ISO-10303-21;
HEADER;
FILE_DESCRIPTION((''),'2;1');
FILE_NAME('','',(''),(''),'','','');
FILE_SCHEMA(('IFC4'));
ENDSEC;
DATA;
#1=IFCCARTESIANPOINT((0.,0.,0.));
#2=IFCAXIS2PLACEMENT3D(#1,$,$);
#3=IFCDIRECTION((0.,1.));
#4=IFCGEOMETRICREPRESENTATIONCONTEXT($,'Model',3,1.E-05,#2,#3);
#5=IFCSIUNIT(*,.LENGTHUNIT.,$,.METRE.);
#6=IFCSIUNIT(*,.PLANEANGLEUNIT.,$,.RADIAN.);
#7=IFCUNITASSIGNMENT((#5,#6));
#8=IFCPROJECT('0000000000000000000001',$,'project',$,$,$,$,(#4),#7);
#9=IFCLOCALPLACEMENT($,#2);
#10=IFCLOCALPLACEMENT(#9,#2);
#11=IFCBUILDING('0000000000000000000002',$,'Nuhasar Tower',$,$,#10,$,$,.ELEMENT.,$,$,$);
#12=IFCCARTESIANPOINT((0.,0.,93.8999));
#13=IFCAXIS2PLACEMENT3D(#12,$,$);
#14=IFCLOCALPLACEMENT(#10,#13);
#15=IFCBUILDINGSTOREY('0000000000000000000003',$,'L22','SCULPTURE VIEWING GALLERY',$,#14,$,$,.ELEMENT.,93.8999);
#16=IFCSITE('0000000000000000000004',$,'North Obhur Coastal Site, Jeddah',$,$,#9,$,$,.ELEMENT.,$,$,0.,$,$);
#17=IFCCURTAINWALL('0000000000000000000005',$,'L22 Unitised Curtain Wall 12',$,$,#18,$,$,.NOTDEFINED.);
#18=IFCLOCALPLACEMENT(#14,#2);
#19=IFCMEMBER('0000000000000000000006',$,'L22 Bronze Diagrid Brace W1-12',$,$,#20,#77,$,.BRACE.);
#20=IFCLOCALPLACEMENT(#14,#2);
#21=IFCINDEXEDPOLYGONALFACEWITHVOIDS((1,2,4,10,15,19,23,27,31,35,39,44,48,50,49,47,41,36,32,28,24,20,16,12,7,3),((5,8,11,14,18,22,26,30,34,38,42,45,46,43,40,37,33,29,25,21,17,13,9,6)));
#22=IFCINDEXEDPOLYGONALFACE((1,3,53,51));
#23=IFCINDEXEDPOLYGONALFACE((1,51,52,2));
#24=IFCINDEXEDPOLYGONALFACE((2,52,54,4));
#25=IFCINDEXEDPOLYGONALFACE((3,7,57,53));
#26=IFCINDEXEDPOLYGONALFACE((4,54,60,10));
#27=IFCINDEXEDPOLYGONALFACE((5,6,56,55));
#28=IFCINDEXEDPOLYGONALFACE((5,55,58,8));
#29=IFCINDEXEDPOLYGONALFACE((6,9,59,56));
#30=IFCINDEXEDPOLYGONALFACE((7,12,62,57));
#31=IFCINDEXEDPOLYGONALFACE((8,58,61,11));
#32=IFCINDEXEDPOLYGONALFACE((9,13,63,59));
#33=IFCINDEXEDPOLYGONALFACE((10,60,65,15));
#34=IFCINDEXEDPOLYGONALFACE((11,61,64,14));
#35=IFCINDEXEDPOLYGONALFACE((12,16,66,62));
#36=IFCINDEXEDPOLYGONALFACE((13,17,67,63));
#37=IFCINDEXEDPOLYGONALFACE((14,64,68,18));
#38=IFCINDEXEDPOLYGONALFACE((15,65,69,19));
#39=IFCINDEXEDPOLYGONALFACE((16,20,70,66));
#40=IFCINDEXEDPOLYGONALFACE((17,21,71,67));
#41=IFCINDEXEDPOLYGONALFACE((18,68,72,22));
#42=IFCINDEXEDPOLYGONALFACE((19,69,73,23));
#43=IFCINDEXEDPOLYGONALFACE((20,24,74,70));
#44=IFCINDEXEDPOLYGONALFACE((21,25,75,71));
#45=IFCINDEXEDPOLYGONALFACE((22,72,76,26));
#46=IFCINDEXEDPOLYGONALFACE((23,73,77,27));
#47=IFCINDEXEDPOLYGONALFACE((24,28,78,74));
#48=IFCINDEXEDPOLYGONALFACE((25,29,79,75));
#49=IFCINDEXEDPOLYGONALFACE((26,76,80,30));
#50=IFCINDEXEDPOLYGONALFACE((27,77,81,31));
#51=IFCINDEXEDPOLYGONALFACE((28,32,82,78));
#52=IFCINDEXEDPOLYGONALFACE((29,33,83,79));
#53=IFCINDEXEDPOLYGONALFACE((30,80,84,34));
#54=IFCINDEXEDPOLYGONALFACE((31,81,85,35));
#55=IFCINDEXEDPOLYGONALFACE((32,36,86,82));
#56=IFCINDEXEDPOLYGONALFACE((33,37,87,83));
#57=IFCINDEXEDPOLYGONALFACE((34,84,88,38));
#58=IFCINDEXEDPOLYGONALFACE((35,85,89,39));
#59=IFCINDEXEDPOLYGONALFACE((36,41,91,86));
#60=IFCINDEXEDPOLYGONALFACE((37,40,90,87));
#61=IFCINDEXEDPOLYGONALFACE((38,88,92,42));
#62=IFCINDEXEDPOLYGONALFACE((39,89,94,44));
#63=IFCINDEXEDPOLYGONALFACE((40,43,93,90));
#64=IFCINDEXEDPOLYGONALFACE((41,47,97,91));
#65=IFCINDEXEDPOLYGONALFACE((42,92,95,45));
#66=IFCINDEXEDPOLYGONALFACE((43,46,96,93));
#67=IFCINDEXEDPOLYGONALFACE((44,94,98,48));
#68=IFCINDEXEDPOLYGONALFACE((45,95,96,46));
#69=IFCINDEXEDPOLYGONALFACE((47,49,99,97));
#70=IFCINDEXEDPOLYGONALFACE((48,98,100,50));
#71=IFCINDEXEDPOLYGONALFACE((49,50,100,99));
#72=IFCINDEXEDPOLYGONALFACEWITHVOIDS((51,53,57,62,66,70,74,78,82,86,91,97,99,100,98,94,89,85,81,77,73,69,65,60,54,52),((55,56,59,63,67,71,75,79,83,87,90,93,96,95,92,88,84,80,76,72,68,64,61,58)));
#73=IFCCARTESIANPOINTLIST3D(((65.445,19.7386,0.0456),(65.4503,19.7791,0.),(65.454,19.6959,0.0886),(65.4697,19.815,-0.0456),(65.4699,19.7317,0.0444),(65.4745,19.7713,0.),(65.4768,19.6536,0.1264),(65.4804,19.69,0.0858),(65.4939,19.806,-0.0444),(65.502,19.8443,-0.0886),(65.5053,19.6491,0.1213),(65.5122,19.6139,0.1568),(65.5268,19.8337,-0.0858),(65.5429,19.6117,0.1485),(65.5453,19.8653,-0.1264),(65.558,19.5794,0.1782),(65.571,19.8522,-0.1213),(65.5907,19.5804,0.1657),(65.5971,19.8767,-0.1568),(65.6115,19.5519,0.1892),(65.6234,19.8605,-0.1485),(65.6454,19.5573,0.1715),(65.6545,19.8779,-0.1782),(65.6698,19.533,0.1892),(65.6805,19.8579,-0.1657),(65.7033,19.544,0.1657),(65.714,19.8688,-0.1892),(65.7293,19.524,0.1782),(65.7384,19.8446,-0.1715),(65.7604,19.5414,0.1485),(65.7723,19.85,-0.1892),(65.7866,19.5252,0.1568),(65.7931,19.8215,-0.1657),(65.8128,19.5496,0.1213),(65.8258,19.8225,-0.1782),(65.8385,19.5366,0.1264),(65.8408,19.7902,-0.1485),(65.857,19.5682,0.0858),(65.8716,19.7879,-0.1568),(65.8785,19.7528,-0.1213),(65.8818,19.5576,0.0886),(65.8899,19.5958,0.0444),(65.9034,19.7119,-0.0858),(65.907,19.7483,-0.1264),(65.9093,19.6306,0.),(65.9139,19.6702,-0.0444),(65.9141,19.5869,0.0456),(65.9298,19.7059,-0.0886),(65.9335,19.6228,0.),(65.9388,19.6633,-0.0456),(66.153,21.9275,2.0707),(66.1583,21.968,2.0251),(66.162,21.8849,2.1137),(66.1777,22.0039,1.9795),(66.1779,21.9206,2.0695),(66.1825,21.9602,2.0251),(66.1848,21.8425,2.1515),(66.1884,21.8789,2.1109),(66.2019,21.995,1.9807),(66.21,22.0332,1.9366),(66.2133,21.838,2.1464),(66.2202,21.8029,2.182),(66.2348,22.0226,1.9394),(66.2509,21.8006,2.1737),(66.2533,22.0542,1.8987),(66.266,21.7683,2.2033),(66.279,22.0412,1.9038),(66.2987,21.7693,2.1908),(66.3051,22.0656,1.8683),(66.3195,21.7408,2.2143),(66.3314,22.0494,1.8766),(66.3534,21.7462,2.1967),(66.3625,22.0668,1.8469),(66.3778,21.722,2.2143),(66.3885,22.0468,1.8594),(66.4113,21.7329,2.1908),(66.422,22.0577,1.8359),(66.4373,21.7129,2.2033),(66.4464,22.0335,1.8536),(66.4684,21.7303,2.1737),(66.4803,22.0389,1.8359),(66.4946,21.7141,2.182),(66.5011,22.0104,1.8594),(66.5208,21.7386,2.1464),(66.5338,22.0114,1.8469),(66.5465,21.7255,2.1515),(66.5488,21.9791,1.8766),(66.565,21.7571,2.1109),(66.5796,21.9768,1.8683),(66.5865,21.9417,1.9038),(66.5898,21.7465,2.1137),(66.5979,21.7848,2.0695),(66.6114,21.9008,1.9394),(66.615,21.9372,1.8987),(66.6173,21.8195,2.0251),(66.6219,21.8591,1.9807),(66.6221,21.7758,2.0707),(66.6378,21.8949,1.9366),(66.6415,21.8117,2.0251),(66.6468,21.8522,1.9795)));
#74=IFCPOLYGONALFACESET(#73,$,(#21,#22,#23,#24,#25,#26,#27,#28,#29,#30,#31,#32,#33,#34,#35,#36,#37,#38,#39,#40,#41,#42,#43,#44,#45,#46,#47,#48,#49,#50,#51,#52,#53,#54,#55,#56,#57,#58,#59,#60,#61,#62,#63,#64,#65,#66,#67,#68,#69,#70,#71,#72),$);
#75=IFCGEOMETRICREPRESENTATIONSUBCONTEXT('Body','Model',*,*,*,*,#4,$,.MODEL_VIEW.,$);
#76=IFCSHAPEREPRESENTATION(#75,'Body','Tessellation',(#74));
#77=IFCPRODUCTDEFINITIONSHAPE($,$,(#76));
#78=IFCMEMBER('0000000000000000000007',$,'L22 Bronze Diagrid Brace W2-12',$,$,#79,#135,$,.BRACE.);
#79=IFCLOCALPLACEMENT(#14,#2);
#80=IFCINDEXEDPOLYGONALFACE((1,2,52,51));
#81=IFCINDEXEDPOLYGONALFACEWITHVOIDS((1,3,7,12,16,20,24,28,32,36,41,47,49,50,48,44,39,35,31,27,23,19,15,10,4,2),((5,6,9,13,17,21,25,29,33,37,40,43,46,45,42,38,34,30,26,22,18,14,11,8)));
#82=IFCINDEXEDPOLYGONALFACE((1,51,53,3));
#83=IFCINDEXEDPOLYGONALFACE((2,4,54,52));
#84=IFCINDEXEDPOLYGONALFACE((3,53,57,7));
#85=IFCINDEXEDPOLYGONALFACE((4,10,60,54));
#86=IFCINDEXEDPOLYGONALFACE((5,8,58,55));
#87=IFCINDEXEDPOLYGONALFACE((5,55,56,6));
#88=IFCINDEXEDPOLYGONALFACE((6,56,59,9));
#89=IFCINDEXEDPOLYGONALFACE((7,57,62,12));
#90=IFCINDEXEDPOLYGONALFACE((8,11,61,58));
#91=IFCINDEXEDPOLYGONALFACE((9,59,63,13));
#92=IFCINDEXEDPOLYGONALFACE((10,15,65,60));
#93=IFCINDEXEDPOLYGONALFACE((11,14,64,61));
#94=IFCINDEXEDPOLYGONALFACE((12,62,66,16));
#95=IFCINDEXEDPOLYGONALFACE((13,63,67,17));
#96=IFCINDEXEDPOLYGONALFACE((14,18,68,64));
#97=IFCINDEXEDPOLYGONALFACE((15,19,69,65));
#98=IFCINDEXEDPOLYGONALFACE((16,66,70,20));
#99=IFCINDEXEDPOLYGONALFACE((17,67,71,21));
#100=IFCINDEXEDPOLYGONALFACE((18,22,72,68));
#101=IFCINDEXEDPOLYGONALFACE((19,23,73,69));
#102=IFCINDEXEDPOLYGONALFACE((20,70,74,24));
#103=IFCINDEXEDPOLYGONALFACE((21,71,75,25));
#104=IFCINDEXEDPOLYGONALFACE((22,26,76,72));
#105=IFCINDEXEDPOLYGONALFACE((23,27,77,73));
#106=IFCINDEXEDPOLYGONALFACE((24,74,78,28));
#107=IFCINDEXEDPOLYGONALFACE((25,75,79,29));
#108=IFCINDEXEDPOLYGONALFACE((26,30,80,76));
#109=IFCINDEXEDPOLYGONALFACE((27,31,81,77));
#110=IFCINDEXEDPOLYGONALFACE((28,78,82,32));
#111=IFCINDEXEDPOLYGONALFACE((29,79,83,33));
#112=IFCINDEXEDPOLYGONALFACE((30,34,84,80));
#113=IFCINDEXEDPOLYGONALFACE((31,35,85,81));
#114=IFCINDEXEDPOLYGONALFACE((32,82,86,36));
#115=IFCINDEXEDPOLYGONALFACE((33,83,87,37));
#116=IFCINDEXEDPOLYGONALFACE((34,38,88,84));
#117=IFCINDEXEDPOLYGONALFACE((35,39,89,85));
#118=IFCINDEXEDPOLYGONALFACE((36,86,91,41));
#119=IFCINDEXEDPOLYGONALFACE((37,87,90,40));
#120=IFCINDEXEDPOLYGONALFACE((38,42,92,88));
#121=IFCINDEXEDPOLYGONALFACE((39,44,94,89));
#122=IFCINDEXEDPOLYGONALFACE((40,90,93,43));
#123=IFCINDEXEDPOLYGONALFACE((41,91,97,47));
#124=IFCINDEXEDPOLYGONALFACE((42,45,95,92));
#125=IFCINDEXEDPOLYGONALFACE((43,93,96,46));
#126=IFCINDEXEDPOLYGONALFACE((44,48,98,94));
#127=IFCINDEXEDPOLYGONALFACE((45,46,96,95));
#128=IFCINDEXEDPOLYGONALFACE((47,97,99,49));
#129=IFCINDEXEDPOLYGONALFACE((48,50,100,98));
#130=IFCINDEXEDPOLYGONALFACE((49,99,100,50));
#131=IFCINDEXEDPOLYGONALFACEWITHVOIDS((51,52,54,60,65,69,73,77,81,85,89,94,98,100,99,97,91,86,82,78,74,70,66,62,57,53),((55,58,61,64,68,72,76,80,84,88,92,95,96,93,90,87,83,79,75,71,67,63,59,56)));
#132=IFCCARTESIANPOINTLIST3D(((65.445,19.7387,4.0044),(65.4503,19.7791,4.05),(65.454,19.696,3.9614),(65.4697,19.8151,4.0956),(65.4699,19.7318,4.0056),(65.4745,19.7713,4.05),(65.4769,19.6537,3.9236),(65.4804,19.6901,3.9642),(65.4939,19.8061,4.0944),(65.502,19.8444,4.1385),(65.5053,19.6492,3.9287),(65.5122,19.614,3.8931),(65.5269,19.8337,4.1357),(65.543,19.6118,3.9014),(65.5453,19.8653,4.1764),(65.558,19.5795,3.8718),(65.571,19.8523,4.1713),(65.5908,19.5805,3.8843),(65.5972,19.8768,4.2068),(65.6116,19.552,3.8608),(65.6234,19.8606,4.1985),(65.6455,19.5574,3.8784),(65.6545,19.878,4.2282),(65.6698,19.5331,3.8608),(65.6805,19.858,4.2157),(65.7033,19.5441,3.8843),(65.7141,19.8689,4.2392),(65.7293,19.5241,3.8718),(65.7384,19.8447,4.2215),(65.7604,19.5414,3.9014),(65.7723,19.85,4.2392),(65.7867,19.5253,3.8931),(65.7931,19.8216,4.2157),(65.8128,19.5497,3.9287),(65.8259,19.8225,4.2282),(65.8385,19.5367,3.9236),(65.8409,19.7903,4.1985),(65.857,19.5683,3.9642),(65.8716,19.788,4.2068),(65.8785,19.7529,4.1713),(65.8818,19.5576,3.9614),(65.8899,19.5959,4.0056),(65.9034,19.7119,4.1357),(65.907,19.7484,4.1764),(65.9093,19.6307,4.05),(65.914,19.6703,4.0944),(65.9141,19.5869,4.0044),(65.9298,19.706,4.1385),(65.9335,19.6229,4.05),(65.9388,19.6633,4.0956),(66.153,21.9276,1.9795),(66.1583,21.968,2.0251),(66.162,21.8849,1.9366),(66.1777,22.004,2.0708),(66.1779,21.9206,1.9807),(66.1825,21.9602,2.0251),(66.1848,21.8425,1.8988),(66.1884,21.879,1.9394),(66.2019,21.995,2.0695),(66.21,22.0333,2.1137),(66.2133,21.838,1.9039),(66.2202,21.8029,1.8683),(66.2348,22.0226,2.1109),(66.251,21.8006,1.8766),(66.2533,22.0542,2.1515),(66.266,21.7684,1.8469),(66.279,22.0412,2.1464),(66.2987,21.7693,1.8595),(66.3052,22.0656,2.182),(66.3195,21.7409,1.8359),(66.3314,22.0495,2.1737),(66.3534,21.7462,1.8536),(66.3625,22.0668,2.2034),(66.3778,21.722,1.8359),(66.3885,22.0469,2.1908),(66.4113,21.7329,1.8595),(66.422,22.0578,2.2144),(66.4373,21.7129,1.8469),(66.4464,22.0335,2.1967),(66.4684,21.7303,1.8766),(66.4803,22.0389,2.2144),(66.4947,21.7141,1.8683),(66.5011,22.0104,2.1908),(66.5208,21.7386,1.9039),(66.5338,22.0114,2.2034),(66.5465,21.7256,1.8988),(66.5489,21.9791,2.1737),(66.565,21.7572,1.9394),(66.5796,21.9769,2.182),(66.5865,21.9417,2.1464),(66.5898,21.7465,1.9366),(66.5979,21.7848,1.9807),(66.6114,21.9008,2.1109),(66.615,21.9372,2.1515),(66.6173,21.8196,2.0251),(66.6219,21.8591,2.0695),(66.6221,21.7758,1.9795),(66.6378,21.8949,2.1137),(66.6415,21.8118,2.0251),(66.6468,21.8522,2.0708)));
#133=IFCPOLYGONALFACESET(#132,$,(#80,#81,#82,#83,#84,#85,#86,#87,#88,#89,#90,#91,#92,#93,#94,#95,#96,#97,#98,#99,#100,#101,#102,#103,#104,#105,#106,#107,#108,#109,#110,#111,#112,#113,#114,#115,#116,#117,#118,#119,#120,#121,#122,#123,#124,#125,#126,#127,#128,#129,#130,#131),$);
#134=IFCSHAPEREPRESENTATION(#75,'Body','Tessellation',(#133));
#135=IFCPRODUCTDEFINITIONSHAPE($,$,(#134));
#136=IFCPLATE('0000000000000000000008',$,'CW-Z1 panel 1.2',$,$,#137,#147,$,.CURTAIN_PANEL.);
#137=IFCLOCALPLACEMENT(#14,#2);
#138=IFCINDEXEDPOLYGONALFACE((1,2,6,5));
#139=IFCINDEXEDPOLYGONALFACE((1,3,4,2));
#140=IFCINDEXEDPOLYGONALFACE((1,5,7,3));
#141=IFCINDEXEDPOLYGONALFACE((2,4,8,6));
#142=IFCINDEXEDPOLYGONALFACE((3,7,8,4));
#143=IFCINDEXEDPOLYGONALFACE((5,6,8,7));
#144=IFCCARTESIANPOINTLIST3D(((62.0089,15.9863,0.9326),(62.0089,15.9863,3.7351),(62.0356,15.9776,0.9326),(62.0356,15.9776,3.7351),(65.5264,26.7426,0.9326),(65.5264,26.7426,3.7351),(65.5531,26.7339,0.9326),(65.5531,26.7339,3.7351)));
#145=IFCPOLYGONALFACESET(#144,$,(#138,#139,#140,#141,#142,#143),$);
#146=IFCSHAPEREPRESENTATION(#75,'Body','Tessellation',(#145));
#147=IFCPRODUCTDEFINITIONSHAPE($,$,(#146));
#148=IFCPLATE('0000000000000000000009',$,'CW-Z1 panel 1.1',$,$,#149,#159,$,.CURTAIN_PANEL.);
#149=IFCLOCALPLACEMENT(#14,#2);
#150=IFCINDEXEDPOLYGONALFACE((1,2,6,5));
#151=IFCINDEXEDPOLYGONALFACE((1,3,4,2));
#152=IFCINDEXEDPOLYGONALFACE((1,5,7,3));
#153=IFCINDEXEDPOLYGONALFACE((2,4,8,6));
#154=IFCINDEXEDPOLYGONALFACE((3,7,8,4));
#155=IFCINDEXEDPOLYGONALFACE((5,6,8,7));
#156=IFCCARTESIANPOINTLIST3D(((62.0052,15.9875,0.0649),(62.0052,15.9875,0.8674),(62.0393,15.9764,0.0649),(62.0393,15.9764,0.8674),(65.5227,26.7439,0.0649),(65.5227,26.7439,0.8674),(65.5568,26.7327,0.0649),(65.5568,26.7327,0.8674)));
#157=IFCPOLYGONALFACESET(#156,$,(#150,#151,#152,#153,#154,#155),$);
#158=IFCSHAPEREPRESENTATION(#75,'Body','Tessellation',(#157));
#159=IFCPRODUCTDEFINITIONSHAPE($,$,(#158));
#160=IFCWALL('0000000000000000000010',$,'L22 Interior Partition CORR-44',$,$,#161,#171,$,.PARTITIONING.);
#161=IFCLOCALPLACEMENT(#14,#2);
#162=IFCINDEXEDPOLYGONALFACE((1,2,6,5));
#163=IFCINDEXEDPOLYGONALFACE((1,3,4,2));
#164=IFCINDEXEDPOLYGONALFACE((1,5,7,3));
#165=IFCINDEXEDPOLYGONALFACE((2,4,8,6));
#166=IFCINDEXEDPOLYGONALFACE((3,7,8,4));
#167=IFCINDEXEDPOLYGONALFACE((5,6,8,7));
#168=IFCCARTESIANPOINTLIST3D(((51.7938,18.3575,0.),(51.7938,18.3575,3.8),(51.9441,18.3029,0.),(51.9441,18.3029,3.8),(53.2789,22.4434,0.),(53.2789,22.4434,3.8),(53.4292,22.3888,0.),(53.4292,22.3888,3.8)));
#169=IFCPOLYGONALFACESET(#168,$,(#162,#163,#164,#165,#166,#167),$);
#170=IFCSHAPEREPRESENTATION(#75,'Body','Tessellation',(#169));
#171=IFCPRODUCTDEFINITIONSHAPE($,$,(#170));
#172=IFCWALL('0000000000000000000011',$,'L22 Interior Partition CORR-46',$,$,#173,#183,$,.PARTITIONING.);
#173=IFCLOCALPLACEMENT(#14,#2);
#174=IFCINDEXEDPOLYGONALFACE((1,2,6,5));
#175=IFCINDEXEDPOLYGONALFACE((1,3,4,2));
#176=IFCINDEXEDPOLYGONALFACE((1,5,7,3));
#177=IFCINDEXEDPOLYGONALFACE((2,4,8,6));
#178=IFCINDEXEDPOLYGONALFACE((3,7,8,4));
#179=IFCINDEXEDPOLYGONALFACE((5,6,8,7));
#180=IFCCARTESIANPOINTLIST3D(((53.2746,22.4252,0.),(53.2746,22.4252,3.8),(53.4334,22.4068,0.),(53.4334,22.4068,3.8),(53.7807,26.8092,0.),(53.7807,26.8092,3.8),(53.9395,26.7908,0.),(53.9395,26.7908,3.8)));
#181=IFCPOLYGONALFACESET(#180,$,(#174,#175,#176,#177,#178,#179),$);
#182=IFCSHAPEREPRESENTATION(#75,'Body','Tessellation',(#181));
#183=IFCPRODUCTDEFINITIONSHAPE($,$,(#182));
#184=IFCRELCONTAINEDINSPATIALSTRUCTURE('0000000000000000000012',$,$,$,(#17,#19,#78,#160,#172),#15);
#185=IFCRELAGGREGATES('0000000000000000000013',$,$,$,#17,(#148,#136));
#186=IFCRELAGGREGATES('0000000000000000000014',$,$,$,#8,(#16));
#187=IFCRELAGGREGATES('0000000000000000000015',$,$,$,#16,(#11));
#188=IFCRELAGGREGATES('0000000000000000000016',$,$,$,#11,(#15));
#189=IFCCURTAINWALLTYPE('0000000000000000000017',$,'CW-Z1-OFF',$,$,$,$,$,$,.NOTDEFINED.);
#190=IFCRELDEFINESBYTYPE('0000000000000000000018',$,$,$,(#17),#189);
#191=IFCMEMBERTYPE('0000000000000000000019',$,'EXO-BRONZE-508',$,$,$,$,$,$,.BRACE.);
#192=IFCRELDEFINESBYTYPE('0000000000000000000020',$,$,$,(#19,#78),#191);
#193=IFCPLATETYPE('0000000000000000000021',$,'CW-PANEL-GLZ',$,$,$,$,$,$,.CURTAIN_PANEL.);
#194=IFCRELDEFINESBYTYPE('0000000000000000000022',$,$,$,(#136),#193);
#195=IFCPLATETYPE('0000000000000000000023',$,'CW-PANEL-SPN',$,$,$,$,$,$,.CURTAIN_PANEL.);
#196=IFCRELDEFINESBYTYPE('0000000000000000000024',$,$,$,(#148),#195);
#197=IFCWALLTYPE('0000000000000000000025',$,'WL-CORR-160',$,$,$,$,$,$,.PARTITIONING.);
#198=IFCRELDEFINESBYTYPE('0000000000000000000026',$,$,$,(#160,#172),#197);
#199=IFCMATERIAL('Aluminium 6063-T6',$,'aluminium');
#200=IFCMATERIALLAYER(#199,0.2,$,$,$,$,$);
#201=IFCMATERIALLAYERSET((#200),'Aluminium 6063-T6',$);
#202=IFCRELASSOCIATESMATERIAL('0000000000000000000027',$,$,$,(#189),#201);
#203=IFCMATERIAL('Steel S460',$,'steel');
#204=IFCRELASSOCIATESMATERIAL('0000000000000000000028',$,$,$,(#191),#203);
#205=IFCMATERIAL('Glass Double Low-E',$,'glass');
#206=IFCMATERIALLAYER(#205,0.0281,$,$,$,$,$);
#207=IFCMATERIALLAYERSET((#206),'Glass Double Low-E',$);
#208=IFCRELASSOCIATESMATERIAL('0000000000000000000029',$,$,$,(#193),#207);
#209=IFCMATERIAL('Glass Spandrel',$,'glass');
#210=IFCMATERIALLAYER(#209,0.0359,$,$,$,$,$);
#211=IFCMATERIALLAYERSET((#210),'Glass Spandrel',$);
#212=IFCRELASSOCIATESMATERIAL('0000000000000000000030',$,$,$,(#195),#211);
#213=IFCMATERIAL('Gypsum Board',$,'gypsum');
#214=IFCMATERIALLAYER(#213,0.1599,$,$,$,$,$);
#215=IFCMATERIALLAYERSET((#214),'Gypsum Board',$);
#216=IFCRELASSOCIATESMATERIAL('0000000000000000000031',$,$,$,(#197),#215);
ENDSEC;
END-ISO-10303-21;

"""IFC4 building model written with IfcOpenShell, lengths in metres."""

from ifc_helpers import new_model, si_unit, direction, frame, frame_2d, origin, origin_2d, place, context, subcontext, project, spatial, rectangle, hollow_circle, extrude, material, layer, layer_set, material_profile, profile_set, type_object, element, aggregate, save


model = new_model("IFC4")

# Units and contexts
model_context = context("Model", 3, precision=1e-05, world=origin(), true_north=direction((0.0, 1.0)))
body_context = subcontext(model_context, "Body", "Model", "MODEL_VIEW")
ifc_project = project(units=[si_unit("LENGTHUNIT", "METRE"), si_unit("PLANEANGLEUNIT", "RADIAN")], contexts=[model_context])

# Site, building, storey
site_placement = place(None, origin())
site = spatial("IfcSite", under=ifc_project, at=site_placement, Name="North Obhur Coastal Site, Jeddah", CompositionType="ELEMENT", RefElevation=0.0)
building_placement = place(site_placement, origin())
building = spatial("IfcBuilding", under=site, at=building_placement, Name="Nuhasar Tower", CompositionType="ELEMENT")
storey_placement = place(building_placement, frame((0.0, 0.0, 93.8999)))
storey = spatial("IfcBuildingStorey", under=building, at=storey_placement, Name="L22", Description="SCULPTURE VIEWING GALLERY", CompositionType="ELEMENT", Elevation=93.8999)

# Curtain wall
ifc_material_1 = material(Name="Aluminium 6063-T6", Category="aluminium")
ifc_layer_1 = layer(ifc_material_1, 0.2)
ifc_layer_set_1 = layer_set([ifc_layer_1], Name="Aluminium 6063-T6")
curtain_wall_type = type_object("IfcCurtainWallType", Name="CW-Z1-OFF", PredefinedType="NOTDEFINED", material=ifc_layer_set_1)
curtain_wall_placement = place(storey_placement, origin())
curtain_wall = element("IfcCurtainWall", 1, at=curtain_wall_placement, inside=storey, type_object=curtain_wall_type, Name="L22 Unitised Curtain Wall 12", PredefinedType="NOTDEFINED")

# Members
ifc_material_2 = material(Name="Steel S460", Category="steel")
ifc_material_profile_1 = material_profile(ifc_material_2, hollow_circle(Radius=0.2539, WallThickness=0.0254, at=origin_2d()), Name="HSS508X25.4")
ifc_profile_set_1 = profile_set([ifc_material_profile_1], Name="Steel S460")
member_type_1 = type_object("IfcMemberType", Name="EXO-BRONZE-508", PredefinedType="BRACE", material=ifc_profile_set_1)
member_1_placement = place(storey_placement, frame((65.6919, 19.7009, 0.0), z_axis=(0.231, 0.714187, 0.660739), x_axis=(-0.951468, 0.307747, 0.0)))
element("IfcMember", 2, at=member_1_placement, inside=storey, type_object=member_type_1, Name="L22 Bronze Diagrid Brace W1-12", PredefinedType="BRACE", context=body_context, shape_type="SweptSolid", body=[
    extrude(hollow_circle(Radius=0.2539, WallThickness=0.0254, at=origin_2d()), origin(), (0.0, 0.0, 1.0), 3.0649),
])
member_2_placement = place(storey_placement, frame((66.3999, 21.8899, 2.0251), z_axis=(-0.231012, -0.714225, 0.660694), x_axis=(0.951468, -0.307747, 0.0)))
element("IfcMember", 3, at=member_2_placement, inside=storey, type_object=member_type_1, Name="L22 Bronze Diagrid Brace W2-12", PredefinedType="BRACE", context=body_context, shape_type="SweptSolid", body=[
    extrude(hollow_circle(Radius=0.2539, WallThickness=0.0254, at=origin_2d()), origin(), (0.0, 0.0, 1.0), 3.0647),
])

# Plates
ifc_material_3 = material(Name="Glass Double Low-E", Category="glass")
ifc_layer_2 = layer(ifc_material_3, 0.0281)
ifc_layer_set_2 = layer_set([ifc_layer_2], Name="Glass Double Low-E")
plate_type_1 = type_object("IfcPlateType", Name="CW-PANEL-GLZ", PredefinedType="CURTAIN_PANEL", material=ifc_layer_set_2)
plate_1_placement = place(storey_placement, frame((63.781, 21.3601, 0.9326), z_axis=(0.0, 0.0, 1.0), x_axis=(0.310824, 0.950468, 0.0)))
plate_1 = element("IfcPlate", 4, at=plate_1_placement, type_object=plate_type_1, Name="CW-Z1 panel 1.2", PredefinedType="CURTAIN_PANEL", context=body_context, shape_type="SweptSolid", body=[
    extrude(rectangle(XDim=11.3169, YDim=0.0281, at=origin_2d()), origin(), (0.0, 0.0, 1.0), 2.8025),
])
ifc_material_4 = material(Name="Glass Spandrel", Category="glass")
ifc_layer_3 = layer(ifc_material_4, 0.0359)
ifc_layer_set_3 = layer_set([ifc_layer_3], Name="Glass Spandrel")
plate_type_2 = type_object("IfcPlateType", Name="CW-PANEL-SPN", PredefinedType="CURTAIN_PANEL", material=ifc_layer_set_3)
plate_2_placement = place(storey_placement, frame((63.781, 21.3601, 0.0649), z_axis=(0.0, 0.0, 1.0), x_axis=(0.310824, 0.950468, 0.0)))
plate_2 = element("IfcPlate", 5, at=plate_2_placement, type_object=plate_type_2, Name="CW-Z1 panel 1.1", PredefinedType="CURTAIN_PANEL", context=body_context, shape_type="SweptSolid", body=[
    extrude(rectangle(XDim=11.3169, YDim=0.0359, at=origin_2d()), origin(), (0.0, 0.0, 1.0), 0.8025),
])
aggregate(curtain_wall, [plate_2, plate_1])

# Walls
ifc_material_5 = material(Name="Gypsum Board", Category="gypsum")
ifc_layer_4 = layer(ifc_material_5, 0.1599)
ifc_layer_set_4 = layer_set([ifc_layer_4], Name="Gypsum Board")
wall_type_1 = type_object("IfcWallType", Name="WL-CORR-160", PredefinedType="PARTITIONING", material=ifc_layer_set_4)
wall_1_placement = place(storey_placement, frame((51.8689, 18.3301, 0.0), z_axis=(0.0, 0.0, 1.0), x_axis=(0.341603, 0.939844, 0.0)))
element("IfcWall", 6, at=wall_1_placement, inside=storey, type_object=wall_type_1, Name="L22 Interior Partition CORR-44", PredefinedType="PARTITIONING", context=body_context, shape_type="SweptSolid", body=[
    extrude(rectangle(XDim=4.3474, YDim=0.1599, at=frame_2d((2.1738, 0.0))), origin(), (0.0, 0.0, 1.0), 3.8),
])
wall_2_placement = place(storey_placement, frame((53.354, 22.416, 0.0), z_axis=(0.0, 0.0, 1.0), x_axis=(0.114681, 0.993402, 0.0)))
element("IfcWall", 7, at=wall_2_placement, inside=storey, type_object=wall_type_1, Name="L22 Interior Partition CORR-46", PredefinedType="PARTITIONING", context=body_context, shape_type="SweptSolid", body=[
    extrude(rectangle(XDim=4.4131, YDim=0.1599, at=frame_2d((2.2065, 0.0))), origin(), (0.0, 0.0, 1.0), 3.8),
])

save(model, "model.ifc")
